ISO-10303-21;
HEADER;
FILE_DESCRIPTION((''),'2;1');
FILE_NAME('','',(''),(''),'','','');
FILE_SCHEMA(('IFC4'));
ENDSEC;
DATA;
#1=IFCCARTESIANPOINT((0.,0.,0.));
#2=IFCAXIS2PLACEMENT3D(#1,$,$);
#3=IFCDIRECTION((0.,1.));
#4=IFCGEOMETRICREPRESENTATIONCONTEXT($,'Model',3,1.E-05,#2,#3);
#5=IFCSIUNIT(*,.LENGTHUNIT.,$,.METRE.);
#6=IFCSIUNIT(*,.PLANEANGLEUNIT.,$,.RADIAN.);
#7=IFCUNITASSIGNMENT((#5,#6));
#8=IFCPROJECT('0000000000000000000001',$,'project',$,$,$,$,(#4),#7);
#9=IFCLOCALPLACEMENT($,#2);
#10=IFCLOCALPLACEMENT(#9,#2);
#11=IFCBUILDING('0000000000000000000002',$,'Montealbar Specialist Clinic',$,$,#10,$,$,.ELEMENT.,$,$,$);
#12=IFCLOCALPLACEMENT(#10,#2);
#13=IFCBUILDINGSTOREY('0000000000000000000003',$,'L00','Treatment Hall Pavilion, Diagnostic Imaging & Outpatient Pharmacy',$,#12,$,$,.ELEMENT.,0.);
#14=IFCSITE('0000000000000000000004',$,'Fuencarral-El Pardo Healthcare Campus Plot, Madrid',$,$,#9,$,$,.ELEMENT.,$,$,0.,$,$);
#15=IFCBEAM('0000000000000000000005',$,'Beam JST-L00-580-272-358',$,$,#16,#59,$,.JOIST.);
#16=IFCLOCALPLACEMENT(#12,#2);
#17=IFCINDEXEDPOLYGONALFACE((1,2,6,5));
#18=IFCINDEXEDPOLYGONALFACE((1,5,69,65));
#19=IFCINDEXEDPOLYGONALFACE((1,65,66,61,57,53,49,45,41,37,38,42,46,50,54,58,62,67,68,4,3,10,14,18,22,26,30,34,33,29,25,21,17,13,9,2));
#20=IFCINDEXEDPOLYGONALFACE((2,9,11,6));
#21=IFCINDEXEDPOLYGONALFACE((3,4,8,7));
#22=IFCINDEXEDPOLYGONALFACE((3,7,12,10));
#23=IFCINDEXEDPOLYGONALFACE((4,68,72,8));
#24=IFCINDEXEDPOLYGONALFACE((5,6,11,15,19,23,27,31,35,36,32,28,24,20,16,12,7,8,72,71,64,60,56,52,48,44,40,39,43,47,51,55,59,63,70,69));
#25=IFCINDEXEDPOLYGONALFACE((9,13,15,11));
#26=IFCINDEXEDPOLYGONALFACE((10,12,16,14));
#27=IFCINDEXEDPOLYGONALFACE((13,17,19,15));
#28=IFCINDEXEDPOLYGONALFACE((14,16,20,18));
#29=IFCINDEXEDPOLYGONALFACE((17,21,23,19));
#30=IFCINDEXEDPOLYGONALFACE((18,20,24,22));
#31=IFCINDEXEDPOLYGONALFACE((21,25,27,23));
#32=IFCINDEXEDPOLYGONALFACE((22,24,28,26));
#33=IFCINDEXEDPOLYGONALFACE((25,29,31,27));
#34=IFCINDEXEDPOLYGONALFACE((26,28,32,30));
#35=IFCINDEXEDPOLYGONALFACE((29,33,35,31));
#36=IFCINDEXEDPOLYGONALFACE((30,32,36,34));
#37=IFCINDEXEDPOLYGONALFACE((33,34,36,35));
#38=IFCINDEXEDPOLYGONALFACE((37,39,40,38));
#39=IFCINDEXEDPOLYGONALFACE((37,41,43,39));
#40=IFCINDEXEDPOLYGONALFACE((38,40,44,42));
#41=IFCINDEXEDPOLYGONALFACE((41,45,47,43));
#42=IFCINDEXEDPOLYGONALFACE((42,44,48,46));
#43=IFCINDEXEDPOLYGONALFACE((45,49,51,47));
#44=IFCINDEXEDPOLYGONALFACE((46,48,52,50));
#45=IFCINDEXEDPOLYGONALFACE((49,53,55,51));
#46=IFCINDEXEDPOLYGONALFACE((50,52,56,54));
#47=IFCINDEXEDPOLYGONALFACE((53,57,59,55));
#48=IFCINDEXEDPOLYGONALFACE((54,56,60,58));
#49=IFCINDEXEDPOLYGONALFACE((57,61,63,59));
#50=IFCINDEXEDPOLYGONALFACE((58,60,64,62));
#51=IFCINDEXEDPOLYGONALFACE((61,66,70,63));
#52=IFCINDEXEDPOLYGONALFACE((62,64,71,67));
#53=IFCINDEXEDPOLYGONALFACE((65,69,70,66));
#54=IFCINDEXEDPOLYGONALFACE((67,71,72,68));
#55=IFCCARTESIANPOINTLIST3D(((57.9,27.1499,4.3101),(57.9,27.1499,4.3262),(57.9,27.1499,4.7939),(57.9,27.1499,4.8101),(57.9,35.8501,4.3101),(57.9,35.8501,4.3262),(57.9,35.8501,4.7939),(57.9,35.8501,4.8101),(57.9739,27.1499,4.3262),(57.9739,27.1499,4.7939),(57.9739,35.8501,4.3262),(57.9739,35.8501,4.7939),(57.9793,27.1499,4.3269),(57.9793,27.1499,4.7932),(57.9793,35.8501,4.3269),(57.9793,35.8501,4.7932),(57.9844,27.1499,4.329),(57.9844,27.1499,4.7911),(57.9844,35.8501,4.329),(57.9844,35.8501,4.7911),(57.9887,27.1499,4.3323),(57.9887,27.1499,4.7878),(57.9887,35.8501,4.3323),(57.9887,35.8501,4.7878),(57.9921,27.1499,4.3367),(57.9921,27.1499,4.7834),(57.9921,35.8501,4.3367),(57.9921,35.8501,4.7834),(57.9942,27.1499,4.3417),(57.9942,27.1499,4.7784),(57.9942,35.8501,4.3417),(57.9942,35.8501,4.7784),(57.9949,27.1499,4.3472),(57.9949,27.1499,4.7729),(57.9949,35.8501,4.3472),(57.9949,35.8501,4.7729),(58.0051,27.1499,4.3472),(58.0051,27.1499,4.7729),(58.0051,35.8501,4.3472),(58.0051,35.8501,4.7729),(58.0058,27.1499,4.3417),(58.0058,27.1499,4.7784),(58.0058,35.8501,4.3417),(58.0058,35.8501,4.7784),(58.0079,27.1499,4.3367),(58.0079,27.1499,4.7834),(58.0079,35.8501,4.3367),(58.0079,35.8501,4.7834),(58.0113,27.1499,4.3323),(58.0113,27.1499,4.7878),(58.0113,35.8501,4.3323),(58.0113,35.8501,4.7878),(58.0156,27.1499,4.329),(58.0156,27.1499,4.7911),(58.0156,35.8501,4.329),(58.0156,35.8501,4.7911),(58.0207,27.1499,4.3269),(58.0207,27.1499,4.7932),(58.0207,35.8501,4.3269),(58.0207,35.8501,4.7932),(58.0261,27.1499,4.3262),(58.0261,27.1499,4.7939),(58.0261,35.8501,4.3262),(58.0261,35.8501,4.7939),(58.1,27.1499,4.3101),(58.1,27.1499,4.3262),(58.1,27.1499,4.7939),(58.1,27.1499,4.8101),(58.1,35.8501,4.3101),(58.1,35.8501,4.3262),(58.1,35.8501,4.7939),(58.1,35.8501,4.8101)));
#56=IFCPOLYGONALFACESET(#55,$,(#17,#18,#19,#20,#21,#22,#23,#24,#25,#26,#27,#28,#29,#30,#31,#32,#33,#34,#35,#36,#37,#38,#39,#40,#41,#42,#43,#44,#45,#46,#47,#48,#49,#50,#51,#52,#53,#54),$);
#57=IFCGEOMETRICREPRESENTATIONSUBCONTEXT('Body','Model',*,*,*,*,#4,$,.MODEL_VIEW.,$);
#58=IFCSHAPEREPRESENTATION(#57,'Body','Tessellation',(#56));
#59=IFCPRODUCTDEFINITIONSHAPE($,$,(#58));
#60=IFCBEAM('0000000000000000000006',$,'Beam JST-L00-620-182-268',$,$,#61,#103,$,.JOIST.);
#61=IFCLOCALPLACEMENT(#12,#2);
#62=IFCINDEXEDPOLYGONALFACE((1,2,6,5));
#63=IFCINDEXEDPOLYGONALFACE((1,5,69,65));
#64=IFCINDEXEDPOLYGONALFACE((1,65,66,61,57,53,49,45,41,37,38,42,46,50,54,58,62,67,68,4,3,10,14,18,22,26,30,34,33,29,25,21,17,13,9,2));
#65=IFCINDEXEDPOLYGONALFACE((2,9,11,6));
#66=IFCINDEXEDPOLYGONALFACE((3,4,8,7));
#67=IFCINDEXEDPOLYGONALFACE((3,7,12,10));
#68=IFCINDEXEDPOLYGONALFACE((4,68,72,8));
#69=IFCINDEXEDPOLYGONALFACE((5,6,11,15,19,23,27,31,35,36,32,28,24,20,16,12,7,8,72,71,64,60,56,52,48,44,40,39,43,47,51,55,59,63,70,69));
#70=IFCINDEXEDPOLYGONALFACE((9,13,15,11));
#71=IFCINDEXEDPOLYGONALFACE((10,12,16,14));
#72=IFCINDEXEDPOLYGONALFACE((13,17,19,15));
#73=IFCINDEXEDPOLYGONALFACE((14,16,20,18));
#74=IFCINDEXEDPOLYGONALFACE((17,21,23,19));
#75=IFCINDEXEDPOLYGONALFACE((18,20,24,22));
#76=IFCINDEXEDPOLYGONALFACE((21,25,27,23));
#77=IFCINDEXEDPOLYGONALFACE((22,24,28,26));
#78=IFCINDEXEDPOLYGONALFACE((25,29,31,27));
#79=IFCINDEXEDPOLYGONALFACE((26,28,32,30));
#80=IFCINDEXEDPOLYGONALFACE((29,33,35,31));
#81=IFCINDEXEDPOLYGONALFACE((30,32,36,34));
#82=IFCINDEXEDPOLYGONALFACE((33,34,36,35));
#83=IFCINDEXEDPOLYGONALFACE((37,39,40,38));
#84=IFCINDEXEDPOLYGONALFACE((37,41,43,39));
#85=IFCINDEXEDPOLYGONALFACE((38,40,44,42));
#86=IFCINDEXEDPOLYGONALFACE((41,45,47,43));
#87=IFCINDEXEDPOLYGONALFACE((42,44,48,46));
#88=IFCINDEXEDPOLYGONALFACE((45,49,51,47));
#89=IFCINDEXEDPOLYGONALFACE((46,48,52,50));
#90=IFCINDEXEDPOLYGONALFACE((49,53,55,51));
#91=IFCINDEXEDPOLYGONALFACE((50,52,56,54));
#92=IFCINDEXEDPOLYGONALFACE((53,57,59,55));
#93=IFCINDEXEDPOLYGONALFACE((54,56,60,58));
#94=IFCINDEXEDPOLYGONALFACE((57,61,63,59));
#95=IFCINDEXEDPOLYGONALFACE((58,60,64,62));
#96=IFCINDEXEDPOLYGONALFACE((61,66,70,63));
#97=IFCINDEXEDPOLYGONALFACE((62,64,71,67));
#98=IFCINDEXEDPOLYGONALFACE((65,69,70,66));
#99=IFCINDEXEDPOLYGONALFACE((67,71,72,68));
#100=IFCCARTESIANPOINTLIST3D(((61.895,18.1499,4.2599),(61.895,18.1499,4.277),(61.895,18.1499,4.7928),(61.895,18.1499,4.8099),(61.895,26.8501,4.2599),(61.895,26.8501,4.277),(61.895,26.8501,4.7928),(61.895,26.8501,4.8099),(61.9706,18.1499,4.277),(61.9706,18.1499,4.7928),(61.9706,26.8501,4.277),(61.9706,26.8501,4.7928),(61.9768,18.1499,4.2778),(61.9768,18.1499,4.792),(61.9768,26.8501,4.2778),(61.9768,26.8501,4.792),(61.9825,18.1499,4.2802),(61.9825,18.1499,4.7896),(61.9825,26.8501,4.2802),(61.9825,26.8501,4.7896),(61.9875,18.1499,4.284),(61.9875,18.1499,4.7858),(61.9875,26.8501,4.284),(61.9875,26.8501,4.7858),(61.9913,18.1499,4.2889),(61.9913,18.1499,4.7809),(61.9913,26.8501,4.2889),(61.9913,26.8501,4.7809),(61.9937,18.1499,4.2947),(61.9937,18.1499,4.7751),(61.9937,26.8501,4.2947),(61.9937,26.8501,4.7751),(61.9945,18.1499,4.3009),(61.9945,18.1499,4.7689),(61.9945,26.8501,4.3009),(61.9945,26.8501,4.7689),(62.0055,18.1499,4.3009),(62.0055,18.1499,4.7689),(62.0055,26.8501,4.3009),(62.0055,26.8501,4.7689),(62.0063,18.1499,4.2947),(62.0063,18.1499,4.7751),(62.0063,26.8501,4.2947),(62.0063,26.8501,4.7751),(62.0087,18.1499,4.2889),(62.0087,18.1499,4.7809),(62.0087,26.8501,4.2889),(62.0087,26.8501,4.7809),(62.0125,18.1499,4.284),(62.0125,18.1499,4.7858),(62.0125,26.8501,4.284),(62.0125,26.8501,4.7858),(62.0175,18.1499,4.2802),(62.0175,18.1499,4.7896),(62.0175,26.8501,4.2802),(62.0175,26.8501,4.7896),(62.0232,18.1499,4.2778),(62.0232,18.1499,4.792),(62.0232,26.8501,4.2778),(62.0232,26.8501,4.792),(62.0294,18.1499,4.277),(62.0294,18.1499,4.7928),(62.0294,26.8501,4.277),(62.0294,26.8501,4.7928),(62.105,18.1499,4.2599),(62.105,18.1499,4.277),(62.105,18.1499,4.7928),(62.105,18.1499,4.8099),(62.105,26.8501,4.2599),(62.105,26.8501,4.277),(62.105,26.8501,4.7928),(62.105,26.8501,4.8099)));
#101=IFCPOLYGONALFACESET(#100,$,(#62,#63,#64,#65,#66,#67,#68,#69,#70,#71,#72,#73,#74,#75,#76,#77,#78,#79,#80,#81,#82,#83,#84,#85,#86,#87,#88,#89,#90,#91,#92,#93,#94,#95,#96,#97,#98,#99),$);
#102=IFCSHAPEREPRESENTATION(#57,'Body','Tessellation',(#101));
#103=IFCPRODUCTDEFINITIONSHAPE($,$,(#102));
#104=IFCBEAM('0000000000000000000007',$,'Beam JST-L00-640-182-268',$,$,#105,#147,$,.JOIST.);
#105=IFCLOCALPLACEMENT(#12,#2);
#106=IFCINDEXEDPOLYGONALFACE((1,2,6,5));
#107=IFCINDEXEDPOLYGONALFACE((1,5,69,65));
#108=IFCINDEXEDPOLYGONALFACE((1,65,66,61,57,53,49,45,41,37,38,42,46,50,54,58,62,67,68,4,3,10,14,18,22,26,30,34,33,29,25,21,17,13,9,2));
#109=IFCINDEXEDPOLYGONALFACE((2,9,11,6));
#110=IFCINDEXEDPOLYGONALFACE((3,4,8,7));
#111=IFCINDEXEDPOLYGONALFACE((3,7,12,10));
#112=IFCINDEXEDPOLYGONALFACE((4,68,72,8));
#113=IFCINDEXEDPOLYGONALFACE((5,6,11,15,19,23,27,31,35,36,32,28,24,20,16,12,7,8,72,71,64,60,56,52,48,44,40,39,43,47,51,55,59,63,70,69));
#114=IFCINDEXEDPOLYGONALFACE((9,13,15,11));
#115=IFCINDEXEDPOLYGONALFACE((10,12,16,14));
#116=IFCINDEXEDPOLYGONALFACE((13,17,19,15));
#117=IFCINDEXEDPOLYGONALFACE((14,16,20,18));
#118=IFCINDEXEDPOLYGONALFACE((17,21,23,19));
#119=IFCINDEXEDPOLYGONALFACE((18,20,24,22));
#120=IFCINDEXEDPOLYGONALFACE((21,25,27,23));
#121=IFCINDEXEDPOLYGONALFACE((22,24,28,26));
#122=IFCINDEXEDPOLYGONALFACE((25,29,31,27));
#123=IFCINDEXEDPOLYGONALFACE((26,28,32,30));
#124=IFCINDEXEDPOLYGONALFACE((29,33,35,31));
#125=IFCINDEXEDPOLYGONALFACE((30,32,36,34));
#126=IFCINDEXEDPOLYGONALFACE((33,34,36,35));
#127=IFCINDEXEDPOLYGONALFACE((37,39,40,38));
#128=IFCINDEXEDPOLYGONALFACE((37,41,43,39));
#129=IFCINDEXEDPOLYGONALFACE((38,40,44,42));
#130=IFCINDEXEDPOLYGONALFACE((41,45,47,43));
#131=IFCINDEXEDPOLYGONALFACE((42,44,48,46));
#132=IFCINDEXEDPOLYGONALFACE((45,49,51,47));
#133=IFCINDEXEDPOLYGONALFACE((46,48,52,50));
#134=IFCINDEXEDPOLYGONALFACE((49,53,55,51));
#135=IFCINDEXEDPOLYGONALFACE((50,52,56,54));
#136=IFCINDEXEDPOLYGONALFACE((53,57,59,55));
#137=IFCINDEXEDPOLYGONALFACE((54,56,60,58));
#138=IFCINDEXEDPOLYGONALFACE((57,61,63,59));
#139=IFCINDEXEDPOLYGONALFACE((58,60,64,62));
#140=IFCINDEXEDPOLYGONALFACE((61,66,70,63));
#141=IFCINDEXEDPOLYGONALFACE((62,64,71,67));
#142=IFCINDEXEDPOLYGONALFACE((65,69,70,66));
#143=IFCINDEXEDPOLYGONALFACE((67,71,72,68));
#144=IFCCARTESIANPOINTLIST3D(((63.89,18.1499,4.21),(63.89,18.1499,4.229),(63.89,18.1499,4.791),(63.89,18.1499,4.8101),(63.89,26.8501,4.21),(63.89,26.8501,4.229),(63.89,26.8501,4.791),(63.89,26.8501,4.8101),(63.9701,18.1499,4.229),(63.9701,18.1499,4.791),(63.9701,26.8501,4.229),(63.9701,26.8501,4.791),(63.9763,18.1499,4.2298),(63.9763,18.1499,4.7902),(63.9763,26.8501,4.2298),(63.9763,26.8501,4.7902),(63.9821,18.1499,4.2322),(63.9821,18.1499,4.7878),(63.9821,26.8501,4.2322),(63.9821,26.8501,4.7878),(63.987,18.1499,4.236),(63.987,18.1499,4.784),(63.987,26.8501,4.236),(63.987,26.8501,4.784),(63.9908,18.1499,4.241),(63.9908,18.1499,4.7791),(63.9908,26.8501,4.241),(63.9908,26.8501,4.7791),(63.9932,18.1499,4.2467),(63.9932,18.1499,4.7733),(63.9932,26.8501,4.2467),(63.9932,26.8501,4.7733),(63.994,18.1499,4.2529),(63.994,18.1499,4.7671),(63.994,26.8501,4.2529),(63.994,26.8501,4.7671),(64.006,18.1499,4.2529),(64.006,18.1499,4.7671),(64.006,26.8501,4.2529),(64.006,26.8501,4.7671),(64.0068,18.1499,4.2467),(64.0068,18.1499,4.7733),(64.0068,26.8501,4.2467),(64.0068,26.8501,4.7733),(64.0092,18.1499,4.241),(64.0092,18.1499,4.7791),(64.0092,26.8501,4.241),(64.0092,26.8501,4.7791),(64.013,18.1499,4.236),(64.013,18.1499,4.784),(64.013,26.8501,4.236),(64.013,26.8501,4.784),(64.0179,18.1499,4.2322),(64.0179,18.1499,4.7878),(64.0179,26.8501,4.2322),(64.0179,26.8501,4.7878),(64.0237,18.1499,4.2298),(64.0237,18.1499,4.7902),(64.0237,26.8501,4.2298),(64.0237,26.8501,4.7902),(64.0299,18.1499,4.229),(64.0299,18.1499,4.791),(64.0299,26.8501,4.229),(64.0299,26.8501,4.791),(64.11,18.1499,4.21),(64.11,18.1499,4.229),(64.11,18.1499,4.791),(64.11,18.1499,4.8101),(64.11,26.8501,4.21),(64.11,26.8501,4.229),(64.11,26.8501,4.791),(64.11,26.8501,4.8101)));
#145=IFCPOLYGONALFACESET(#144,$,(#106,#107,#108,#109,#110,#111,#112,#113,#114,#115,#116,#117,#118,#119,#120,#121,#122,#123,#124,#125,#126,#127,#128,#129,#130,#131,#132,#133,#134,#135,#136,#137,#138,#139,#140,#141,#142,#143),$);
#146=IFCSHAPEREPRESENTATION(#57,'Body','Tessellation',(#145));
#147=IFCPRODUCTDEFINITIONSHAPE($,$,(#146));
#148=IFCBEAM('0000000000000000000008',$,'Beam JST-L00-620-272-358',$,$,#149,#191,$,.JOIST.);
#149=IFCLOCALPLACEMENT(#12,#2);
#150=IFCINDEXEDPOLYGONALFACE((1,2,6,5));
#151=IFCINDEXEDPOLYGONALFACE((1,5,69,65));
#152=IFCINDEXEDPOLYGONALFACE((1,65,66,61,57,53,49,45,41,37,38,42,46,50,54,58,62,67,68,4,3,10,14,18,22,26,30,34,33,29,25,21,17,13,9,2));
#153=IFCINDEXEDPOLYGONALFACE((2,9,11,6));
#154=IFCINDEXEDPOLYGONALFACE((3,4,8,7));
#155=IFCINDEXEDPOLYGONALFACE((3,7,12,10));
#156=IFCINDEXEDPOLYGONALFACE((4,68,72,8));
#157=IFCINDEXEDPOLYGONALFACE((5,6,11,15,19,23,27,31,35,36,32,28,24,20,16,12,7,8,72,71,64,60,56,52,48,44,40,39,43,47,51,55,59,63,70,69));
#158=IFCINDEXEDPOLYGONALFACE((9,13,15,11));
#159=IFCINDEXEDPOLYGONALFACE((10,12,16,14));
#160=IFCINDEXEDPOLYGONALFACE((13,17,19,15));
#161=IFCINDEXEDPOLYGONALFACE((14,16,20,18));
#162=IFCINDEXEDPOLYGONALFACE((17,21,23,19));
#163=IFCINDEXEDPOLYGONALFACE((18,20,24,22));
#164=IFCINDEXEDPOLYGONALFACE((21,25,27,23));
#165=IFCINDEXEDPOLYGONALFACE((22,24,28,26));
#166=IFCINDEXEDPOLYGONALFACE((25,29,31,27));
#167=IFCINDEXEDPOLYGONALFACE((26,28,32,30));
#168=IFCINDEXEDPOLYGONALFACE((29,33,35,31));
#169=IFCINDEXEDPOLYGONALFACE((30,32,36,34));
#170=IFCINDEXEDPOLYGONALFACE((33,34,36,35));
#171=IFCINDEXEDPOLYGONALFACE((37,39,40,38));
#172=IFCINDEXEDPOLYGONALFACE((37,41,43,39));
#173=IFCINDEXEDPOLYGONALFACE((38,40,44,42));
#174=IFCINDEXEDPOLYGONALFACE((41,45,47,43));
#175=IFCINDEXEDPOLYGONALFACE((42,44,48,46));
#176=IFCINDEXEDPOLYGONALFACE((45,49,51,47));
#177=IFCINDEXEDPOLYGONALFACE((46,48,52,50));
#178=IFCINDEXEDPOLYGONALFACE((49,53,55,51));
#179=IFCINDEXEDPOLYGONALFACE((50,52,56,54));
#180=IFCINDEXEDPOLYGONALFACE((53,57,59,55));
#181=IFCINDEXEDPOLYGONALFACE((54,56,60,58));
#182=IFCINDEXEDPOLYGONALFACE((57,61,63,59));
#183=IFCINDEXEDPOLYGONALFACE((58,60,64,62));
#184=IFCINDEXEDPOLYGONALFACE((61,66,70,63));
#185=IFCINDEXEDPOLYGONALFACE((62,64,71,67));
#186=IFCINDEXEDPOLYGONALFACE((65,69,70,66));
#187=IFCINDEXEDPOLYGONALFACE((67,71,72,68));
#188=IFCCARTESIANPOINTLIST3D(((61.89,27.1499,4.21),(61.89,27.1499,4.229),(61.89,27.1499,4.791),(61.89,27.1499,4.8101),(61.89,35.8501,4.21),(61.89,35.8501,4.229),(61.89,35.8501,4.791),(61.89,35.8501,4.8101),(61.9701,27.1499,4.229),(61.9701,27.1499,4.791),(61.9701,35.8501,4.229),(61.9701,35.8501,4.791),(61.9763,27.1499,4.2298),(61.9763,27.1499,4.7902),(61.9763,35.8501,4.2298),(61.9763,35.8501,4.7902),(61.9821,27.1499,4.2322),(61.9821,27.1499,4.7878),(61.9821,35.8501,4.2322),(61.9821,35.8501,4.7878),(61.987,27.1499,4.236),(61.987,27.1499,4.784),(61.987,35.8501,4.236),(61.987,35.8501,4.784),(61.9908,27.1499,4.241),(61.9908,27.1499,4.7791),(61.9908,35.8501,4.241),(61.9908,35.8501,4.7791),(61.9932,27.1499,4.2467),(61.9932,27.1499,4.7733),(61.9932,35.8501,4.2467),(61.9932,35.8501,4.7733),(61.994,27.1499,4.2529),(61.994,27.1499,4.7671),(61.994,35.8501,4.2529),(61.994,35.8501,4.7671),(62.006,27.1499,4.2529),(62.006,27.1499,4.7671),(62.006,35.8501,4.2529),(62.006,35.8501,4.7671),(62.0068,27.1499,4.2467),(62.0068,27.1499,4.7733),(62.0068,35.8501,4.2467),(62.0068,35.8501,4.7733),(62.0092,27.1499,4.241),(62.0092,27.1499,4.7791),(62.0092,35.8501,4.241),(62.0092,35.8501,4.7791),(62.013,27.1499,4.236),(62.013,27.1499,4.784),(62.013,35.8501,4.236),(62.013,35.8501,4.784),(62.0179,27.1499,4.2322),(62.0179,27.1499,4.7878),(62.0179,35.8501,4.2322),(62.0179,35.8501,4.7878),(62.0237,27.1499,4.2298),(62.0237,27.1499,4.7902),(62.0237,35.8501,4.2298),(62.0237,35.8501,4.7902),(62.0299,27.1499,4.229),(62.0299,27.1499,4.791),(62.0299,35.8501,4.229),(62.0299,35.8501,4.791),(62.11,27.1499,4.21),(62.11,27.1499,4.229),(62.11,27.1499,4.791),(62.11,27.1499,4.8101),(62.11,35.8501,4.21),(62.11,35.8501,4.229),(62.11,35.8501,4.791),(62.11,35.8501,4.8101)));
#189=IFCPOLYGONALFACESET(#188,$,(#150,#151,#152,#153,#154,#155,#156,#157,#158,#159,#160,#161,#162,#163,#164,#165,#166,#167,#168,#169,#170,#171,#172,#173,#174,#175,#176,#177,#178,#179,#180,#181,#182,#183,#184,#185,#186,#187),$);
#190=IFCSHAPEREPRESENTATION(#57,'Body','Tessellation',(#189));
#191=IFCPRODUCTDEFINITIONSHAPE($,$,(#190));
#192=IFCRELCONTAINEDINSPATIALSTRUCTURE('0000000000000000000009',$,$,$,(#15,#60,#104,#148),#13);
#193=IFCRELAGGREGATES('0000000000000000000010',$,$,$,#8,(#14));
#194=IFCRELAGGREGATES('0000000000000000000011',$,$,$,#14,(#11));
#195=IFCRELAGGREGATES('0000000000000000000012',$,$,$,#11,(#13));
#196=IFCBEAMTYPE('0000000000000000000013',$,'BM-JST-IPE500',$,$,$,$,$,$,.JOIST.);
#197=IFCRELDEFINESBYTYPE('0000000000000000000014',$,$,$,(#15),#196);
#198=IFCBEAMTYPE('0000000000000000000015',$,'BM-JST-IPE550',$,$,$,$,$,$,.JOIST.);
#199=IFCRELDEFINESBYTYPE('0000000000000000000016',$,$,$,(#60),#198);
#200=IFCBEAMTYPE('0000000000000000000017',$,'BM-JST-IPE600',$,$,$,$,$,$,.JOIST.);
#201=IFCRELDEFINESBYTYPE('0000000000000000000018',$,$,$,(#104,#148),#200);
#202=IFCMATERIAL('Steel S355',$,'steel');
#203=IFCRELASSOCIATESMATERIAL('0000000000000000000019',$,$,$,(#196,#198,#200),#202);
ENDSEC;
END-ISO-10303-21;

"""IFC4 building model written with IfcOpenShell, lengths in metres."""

from ifc_helpers import new_model, si_unit, direction, frame, origin, origin_2d, place, context, subcontext, project, spatial, i_section, extrude, material, material_profile, profile_set, type_object, element, save


model = new_model("IFC4")

# Units and contexts
model_context = context("Model", 3, precision=1e-05, world=origin(), true_north=direction((0.0, 1.0)))
body_context = subcontext(model_context, "Body", "Model", "MODEL_VIEW")
ifc_project = project(units=[si_unit("LENGTHUNIT", "METRE"), si_unit("PLANEANGLEUNIT", "RADIAN")], contexts=[model_context])

# Site, building, storey
site_placement = place(None, origin())
site = spatial("IfcSite", under=ifc_project, at=site_placement, Name="Fuencarral-El Pardo Healthcare Campus Plot, Madrid", CompositionType="ELEMENT", RefElevation=0.0)
building_placement = place(site_placement, origin())
building = spatial("IfcBuilding", under=site, at=building_placement, Name="Montealbar Specialist Clinic", CompositionType="ELEMENT")
storey_placement = place(building_placement, origin())
storey = spatial("IfcBuildingStorey", under=building, at=storey_placement, Name="L00", Description="Treatment Hall Pavilion, Diagnostic Imaging & Outpatient Pharmacy", CompositionType="ELEMENT", Elevation=0.0)

# Shared definitions
ifc_material_1 = material(Name="Steel S355", Category="steel")

# Beams
ifc_material_profile_1 = material_profile(ifc_material_1, i_section(OverallWidth=0.2, OverallDepth=0.5, WebThickness=0.0103, FlangeThickness=0.0161, FilletRadius=0.021, at=origin_2d()), Name="IPE 500", Category="steel")
ifc_profile_set_1 = profile_set([ifc_material_profile_1], Name="Steel S355")
beam_type_1 = type_object("IfcBeamType", Name="BM-JST-IPE500", PredefinedType="JOIST", material=ifc_profile_set_1)
beam_1_placement = place(storey_placement, frame((58.0, 27.1499, 4.5601), z_axis=(0.0, 1.0, 0.0), x_axis=(-1.0, 0.0, 0.0)))
element("IfcBeam", 1, at=beam_1_placement, inside=storey, type_object=beam_type_1, Name="Beam JST-L00-580-272-358", PredefinedType="JOIST", context=body_context, shape_type="SweptSolid", body=[
    extrude(i_section(OverallWidth=0.2, OverallDepth=0.5, WebThickness=0.0103, FlangeThickness=0.0161, FilletRadius=0.021, at=origin_2d()), origin(), (0.0, 0.0, 1.0), 8.7002),
])
ifc_material_profile_2 = material_profile(ifc_material_1, i_section(OverallWidth=0.21, OverallDepth=0.55, WebThickness=0.011, FlangeThickness=0.0171, FilletRadius=0.0239, at=origin_2d()), Name="IPE 550", Category="steel")
ifc_profile_set_2 = profile_set([ifc_material_profile_2], Name="Steel S355")
beam_type_2 = type_object("IfcBeamType", Name="BM-JST-IPE550", PredefinedType="JOIST", material=ifc_profile_set_2)
beam_2_placement = place(storey_placement, frame((62.0, 18.1499, 4.5349), z_axis=(0.0, 1.0, 0.0), x_axis=(-1.0, 0.0, 0.0)))
element("IfcBeam", 2, at=beam_2_placement, inside=storey, type_object=beam_type_2, Name="Beam JST-L00-620-182-268", PredefinedType="JOIST", context=body_context, shape_type="SweptSolid", body=[
    extrude(i_section(OverallWidth=0.21, OverallDepth=0.55, WebThickness=0.011, FlangeThickness=0.0171, FilletRadius=0.0239, at=origin_2d()), origin(), (0.0, 0.0, 1.0), 8.7002),
])
ifc_material_profile_3 = material_profile(ifc_material_1, i_section(OverallWidth=0.22, OverallDepth=0.6001, WebThickness=0.012, FlangeThickness=0.019, FilletRadius=0.0239, at=origin_2d()), Name="IPE 600", Category="steel")
ifc_profile_set_3 = profile_set([ifc_material_profile_3], Name="Steel S355")
beam_type_3 = type_object("IfcBeamType", Name="BM-JST-IPE600", PredefinedType="JOIST", material=ifc_profile_set_3)
for number, where, z_axis, x_axis, name in (
    (3, (64.0, 18.1499, 4.51), (0.0, 1.0, 0.0), (-1.0, 0.0, 0.0), "Beam JST-L00-640-182-268"),
    (4, (62.0, 27.1499, 4.51), (0.0, 1.0, 0.0), (-1.0, 0.0, 0.0), "Beam JST-L00-620-272-358"),
):
    element("IfcBeam", number, at=place(storey_placement, frame(where, z_axis=z_axis, x_axis=x_axis)), inside=storey, type_object=beam_type_3, Name=name, PredefinedType="JOIST", context=body_context, shape_type="SweptSolid", body=[
        extrude(i_section(OverallWidth=0.22, OverallDepth=0.6001, WebThickness=0.012, FlangeThickness=0.019, FilletRadius=0.0239, at=origin_2d()), origin(), (0.0, 0.0, 1.0), 8.7002),
    ])

save(model, "model.ifc")
